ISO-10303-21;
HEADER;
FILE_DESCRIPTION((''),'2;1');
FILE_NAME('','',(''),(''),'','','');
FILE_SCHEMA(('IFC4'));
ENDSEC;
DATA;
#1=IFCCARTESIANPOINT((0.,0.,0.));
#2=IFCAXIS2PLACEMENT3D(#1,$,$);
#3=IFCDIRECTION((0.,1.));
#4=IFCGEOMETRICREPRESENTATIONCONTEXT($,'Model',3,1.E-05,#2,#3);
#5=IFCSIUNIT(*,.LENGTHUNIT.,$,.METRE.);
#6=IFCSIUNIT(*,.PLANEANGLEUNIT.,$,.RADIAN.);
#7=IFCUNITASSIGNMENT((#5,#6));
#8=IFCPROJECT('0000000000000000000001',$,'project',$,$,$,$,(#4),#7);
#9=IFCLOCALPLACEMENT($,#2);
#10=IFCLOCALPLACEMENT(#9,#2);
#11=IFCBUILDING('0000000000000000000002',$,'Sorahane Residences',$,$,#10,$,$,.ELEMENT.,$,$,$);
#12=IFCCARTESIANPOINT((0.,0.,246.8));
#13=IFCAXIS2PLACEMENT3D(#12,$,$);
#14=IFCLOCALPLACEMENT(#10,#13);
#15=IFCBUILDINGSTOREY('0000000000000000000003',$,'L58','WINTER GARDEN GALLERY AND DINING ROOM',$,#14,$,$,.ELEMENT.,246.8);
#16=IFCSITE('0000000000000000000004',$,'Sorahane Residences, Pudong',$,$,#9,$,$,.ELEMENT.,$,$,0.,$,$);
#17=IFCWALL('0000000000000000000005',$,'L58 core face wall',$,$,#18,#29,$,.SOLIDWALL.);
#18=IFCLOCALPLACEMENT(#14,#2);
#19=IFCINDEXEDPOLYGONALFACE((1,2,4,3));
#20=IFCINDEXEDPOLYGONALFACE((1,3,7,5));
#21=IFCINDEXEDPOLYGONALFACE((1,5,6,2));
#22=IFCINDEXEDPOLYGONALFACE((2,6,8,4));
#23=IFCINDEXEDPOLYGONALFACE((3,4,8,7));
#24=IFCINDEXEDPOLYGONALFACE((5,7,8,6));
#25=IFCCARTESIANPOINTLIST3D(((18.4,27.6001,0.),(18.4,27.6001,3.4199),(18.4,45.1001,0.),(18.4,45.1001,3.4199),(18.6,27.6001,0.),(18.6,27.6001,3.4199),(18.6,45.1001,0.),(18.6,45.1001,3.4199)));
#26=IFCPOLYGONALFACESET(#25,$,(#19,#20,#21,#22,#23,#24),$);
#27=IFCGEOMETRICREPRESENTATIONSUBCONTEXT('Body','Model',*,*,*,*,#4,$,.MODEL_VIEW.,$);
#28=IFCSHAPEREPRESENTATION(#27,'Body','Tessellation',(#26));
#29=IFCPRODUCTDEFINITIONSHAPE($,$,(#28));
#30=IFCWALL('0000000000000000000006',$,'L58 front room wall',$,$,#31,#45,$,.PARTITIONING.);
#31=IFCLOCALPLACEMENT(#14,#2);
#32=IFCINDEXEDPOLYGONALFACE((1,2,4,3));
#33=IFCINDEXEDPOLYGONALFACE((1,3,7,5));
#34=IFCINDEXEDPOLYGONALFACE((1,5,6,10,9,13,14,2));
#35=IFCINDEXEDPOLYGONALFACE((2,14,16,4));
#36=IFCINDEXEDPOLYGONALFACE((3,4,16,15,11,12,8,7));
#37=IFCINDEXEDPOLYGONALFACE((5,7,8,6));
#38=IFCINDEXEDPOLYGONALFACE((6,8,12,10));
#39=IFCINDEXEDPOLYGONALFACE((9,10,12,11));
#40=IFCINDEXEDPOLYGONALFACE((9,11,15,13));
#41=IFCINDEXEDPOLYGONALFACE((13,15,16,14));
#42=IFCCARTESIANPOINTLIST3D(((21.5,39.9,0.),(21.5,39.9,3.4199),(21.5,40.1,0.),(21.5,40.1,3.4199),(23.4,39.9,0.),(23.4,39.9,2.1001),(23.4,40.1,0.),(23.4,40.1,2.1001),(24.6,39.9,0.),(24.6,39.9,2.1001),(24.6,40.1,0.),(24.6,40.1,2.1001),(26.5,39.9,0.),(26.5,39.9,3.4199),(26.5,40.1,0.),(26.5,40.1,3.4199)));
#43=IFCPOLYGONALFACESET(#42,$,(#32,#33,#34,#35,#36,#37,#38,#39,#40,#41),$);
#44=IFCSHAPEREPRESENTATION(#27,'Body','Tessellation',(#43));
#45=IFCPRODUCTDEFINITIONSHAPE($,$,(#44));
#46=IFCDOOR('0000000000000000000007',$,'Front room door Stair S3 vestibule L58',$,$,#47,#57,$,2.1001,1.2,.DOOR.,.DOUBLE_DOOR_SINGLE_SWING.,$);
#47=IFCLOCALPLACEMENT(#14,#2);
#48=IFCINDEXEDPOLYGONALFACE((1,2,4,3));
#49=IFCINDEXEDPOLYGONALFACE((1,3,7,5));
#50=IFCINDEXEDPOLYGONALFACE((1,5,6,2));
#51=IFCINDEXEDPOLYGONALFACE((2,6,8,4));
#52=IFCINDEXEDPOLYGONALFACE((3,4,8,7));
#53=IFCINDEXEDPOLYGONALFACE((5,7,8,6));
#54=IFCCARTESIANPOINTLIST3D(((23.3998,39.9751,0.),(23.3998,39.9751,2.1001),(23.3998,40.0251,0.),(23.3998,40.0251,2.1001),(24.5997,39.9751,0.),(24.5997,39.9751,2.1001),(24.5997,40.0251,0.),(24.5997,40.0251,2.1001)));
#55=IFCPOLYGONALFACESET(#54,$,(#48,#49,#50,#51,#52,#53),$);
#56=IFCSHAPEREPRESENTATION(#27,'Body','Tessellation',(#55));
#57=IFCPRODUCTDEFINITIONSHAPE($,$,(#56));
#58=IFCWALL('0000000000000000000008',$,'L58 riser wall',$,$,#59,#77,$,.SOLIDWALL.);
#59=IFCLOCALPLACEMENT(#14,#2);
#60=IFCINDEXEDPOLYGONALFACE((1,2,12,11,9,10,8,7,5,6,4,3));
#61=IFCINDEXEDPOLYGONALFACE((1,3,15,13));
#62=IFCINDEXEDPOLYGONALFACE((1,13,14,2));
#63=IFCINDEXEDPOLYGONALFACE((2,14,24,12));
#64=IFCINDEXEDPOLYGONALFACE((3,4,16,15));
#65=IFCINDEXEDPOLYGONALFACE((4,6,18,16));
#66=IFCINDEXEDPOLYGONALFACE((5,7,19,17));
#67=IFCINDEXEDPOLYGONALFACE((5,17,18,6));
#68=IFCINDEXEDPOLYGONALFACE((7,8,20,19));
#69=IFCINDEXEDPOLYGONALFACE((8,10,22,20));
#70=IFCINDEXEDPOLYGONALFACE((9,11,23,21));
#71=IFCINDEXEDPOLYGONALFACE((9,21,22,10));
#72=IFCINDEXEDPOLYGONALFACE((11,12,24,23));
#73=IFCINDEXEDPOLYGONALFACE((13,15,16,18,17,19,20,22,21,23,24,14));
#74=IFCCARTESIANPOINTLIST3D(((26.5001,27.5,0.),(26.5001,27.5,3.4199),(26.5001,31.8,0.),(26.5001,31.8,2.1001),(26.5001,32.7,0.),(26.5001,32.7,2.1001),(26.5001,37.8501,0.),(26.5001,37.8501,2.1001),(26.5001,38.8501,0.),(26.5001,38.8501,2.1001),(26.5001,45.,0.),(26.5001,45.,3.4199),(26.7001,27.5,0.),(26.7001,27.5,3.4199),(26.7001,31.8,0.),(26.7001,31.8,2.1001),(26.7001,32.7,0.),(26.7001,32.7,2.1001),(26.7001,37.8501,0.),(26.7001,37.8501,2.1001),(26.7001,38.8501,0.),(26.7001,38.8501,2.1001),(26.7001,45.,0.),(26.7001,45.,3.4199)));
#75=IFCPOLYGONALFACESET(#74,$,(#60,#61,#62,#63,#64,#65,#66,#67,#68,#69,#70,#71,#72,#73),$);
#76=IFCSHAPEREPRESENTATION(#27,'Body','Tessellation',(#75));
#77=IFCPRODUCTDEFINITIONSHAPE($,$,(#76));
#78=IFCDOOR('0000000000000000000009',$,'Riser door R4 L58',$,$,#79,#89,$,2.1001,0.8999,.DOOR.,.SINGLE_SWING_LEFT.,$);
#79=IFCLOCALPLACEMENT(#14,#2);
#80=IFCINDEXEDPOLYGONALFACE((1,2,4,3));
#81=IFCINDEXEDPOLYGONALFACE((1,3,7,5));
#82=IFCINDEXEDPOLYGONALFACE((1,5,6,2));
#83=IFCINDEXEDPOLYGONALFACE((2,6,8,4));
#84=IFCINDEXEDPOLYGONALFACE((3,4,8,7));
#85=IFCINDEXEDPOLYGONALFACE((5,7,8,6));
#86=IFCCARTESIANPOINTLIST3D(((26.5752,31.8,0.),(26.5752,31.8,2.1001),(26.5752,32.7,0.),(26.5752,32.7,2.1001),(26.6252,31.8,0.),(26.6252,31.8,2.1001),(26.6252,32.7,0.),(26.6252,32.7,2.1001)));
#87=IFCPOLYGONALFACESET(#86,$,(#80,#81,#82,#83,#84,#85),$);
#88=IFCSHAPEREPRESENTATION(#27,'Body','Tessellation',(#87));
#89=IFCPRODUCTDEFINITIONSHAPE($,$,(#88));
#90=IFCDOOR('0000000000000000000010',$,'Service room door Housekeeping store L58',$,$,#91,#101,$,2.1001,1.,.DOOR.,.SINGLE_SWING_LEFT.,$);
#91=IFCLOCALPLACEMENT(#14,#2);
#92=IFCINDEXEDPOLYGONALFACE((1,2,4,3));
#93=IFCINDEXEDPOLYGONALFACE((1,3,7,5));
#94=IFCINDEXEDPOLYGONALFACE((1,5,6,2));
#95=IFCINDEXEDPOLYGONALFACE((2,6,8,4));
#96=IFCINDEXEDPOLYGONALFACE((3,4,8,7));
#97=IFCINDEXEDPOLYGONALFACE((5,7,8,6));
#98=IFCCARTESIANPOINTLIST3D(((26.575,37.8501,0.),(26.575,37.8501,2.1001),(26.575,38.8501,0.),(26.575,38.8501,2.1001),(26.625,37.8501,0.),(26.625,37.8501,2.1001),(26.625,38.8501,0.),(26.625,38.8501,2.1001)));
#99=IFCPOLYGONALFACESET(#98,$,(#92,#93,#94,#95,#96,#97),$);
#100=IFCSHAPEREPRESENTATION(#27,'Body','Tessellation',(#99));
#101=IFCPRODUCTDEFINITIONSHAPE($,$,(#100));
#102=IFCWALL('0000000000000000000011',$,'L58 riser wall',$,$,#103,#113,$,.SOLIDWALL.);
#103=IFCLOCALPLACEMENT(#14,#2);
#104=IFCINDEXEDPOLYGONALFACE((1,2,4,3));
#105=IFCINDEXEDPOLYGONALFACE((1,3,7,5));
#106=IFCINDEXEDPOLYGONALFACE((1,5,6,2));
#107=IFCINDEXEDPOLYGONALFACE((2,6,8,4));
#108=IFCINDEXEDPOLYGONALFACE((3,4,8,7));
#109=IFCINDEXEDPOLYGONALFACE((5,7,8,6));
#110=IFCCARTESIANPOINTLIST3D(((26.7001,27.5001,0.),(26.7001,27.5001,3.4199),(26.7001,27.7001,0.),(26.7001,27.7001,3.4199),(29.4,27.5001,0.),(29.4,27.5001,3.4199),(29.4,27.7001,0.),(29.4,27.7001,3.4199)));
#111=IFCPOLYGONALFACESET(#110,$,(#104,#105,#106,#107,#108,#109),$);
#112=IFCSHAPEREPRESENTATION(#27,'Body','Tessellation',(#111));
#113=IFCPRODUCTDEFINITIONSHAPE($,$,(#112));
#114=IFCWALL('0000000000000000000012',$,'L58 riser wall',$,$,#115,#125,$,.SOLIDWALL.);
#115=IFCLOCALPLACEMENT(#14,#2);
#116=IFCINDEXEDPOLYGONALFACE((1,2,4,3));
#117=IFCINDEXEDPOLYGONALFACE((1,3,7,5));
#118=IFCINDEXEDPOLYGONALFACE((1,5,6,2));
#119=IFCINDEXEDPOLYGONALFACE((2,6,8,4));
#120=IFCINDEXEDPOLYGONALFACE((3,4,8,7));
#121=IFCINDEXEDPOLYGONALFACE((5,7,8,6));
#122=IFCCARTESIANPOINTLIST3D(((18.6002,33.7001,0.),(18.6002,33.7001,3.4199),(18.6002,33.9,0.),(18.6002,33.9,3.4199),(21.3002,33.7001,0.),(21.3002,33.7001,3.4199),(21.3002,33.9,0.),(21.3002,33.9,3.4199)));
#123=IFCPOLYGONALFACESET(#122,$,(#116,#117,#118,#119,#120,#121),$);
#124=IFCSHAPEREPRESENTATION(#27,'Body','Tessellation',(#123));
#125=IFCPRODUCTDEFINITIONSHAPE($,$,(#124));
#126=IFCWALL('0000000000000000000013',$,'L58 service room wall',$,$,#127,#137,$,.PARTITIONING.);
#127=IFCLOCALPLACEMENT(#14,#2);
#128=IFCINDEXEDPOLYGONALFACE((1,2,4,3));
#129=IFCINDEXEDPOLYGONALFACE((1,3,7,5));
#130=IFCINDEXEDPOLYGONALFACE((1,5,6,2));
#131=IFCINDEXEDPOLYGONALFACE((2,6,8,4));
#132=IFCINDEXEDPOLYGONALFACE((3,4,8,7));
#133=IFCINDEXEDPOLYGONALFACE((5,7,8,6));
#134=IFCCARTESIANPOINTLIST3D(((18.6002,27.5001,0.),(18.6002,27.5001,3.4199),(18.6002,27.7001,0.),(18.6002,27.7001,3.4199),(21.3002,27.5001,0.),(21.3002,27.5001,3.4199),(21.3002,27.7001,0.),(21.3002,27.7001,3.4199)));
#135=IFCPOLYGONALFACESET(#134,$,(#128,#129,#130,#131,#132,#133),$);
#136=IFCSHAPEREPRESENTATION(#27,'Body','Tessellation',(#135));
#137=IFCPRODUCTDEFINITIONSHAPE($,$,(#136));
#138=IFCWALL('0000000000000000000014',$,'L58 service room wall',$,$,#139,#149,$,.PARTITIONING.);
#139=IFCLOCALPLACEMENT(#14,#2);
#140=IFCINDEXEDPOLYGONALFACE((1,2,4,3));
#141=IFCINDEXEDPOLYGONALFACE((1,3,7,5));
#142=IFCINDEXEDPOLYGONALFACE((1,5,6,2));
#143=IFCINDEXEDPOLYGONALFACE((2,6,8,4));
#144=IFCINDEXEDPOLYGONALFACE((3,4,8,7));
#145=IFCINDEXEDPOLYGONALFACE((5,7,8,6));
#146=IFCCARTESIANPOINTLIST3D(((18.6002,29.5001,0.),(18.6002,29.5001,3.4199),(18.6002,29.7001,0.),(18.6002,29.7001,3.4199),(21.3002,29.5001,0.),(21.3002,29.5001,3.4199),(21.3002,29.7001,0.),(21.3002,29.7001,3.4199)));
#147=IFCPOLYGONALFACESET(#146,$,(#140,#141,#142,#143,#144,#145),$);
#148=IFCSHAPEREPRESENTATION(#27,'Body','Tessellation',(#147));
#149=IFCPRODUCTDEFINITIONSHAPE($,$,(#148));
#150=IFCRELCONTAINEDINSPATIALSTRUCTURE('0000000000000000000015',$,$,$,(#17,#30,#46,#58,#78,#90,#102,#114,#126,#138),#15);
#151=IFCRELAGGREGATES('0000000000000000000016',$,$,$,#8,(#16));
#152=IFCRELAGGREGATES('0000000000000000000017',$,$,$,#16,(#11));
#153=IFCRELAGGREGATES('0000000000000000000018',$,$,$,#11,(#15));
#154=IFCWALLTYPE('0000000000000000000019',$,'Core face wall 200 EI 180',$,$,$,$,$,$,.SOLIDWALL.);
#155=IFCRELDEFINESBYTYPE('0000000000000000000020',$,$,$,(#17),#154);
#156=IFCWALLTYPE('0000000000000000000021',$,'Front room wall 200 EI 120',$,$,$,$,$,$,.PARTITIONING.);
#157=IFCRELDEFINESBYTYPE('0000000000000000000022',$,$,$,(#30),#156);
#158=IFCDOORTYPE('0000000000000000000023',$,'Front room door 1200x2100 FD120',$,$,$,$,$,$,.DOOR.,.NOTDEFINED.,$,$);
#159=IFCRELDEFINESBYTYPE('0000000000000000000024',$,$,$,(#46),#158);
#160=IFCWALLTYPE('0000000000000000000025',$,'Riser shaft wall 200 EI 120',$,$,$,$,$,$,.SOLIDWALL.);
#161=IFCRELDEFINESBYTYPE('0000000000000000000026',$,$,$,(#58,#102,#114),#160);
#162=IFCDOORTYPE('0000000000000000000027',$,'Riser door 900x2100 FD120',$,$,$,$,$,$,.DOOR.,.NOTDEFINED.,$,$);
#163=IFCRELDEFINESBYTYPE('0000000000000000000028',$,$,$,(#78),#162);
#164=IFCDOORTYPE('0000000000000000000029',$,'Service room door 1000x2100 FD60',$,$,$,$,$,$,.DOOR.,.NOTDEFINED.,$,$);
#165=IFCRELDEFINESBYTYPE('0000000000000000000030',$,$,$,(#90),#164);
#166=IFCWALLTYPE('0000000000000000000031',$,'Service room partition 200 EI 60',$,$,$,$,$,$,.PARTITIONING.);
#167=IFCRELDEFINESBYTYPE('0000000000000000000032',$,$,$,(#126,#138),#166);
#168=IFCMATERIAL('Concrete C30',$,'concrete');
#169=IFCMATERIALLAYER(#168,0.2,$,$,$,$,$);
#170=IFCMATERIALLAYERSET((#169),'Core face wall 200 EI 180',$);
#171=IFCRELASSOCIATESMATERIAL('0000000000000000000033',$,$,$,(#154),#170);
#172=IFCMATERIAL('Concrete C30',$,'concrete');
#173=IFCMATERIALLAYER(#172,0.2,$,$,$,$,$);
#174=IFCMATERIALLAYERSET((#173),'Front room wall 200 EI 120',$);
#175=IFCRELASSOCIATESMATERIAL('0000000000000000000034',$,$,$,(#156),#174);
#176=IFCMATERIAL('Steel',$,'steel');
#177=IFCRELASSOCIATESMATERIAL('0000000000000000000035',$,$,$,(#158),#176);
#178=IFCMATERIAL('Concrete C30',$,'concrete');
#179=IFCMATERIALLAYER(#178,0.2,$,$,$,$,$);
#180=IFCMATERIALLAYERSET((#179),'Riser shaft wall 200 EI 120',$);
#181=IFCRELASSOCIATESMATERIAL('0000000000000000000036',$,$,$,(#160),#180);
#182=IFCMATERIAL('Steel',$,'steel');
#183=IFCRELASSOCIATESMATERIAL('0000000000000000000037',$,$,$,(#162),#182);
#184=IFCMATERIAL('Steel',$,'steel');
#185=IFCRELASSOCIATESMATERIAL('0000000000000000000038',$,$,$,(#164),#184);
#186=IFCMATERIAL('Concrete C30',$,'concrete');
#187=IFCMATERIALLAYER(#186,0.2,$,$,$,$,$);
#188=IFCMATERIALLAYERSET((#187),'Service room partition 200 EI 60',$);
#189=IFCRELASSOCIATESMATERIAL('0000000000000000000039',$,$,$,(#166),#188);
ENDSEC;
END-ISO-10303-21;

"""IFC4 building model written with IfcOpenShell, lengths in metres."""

from ifc_helpers import new_model, si_unit, direction, frame, frame_2d, origin, place, context, subcontext, project, spatial, rectangle, extrude, material, layer, layer_set, type_object, element, fill, save


model = new_model("IFC4")

# Units and contexts
model_context = context("Model", 3, precision=1e-05, world=origin(), true_north=direction((0.0, 1.0)))
body_context = subcontext(model_context, "Body", "Model", "MODEL_VIEW")
ifc_project = project(units=[si_unit("LENGTHUNIT", "METRE"), si_unit("PLANEANGLEUNIT", "RADIAN")], contexts=[model_context])

# Site, building, storey
site_placement = place(None, origin())
site = spatial("IfcSite", under=ifc_project, at=site_placement, Name="Sorahane Residences, Pudong", CompositionType="ELEMENT", RefElevation=0.0)
building_placement = place(site_placement, origin())
building = spatial("IfcBuilding", under=site, at=building_placement, Name="Sorahane Residences", CompositionType="ELEMENT")
storey_placement = place(building_placement, frame((0.0, 0.0, 246.8)))
storey = spatial("IfcBuildingStorey", under=building, at=storey_placement, Name="L58", Description="WINTER GARDEN GALLERY AND DINING ROOM", CompositionType="ELEMENT", Elevation=246.8)

# Wall
ifc_material_1 = material(Name="Concrete C30", Category="concrete")
ifc_layer_1 = layer(ifc_material_1, 0.2)
ifc_layer_set_1 = layer_set([ifc_layer_1], Name="Core face wall 200 EI 180")
wall_type_1 = type_object("IfcWallType", Name="Core face wall 200 EI 180", PredefinedType="SOLIDWALL", material=ifc_layer_set_1)
wall_1_placement = place(storey_placement, frame((18.5, 27.6001, 0.0), z_axis=(0.0, 0.0, 1.0), x_axis=(0.0, 1.0, 0.0)))
element("IfcWall", 1, at=wall_1_placement, inside=storey, type_object=wall_type_1, Name="L58 core face wall", PredefinedType="SOLIDWALL", context=body_context, shape_type="SweptSolid", body=[
    extrude(rectangle(XDim=17.5, YDim=0.2, at=frame_2d((8.75, 0.0))), origin(), (0.0, 0.0, 1.0), 3.4199),
])

# Wall, opening, door
ifc_material_2 = material(Name="Concrete C30", Category="concrete")
ifc_layer_2 = layer(ifc_material_2, 0.2)
ifc_layer_set_2 = layer_set([ifc_layer_2], Name="Front room wall 200 EI 120")
wall_type_2 = type_object("IfcWallType", Name="Front room wall 200 EI 120", PredefinedType="PARTITIONING", material=ifc_layer_set_2)
wall_2_placement = place(storey_placement, frame((21.5, 40.0, 0.0), z_axis=(0.0, 0.0, 1.0), x_axis=(1.0, 0.0, 0.0)))
wall_2 = element("IfcWall", 2, at=wall_2_placement, inside=storey, type_object=wall_type_2, Name="L58 front room wall", PredefinedType="PARTITIONING", context=body_context, shape_type="SweptSolid", body=[
    extrude(rectangle(XDim=5.0, YDim=0.2, at=frame_2d((2.5, 0.0))), origin(), (0.0, 0.0, 1.0), 3.4199),
])
opening_1_placement = place(wall_2_placement, frame((1.8999, 0.0, 0.0)))
opening_1 = element("IfcOpeningElement", 3, at=opening_1_placement, cuts=wall_2, PredefinedType="OPENING", context=body_context, shape_type="SweptSolid", body=[
    extrude(rectangle(XDim=1.2, YDim=2.1001, at=frame_2d((0.6001, 1.05))), frame((0.0, 0.1099, 0.0), z_axis=(0.0, -1.0, 0.0), x_axis=(1.0, 0.0, 0.0)), (0.0, 0.0, 1.0), 0.22),
])
ifc_material_3 = material(Name="Steel", Category="steel")
door_type_1 = type_object("IfcDoorType", Name="Front room door 1200x2100 FD120", OperationType="NOTDEFINED", PredefinedType="DOOR", material=ifc_material_3)
door_1_placement = place(opening_1_placement, frame((1.2, 0.0, 0.0), z_axis=(0.0, 0.0, 1.0), x_axis=(-1.0, 0.0, 0.0)))
door_1 = element("IfcDoor", 4, at=door_1_placement, inside=storey, type_object=door_type_1, Name="Front room door Stair S3 vestibule L58", OperationType="DOUBLE_DOOR_SINGLE_SWING", OverallHeight=2.1001, OverallWidth=1.2, PredefinedType="DOOR", context=body_context, shape_type="SweptSolid", body=[
    extrude(rectangle(XDim=1.2, YDim=2.1001, at=frame_2d((0.6001, 1.05))), frame((0.0, 0.0249, 0.0), z_axis=(0.0, -1.0, 0.0), x_axis=(1.0, 0.0, 0.0)), (0.0, 0.0, 1.0), 0.05),
])
fill(opening_1, door_1)

# Wall, openings, doors
ifc_material_4 = material(Name="Concrete C30", Category="concrete")
ifc_layer_3 = layer(ifc_material_4, 0.2)
ifc_layer_set_3 = layer_set([ifc_layer_3], Name="Riser shaft wall 200 EI 120")
wall_type_3 = type_object("IfcWallType", Name="Riser shaft wall 200 EI 120", PredefinedType="SOLIDWALL", material=ifc_layer_set_3)
wall_3_placement = place(storey_placement, frame((26.6001, 27.5, 0.0), z_axis=(0.0, 0.0, 1.0), x_axis=(0.0, 1.0, 0.0)))
wall_3 = element("IfcWall", 5, at=wall_3_placement, inside=storey, type_object=wall_type_3, Name="L58 riser wall", PredefinedType="SOLIDWALL", context=body_context, shape_type="SweptSolid", body=[
    extrude(rectangle(XDim=17.5, YDim=0.2, at=frame_2d((8.75, 0.0))), origin(), (0.0, 0.0, 1.0), 3.4199),
])
opening_2_placement = place(wall_3_placement, frame((4.3, 0.0, 0.0)))
opening_2 = element("IfcOpeningElement", 6, at=opening_2_placement, cuts=wall_3, PredefinedType="OPENING", context=body_context, shape_type="SweptSolid", body=[
    extrude(rectangle(XDim=0.8999, YDim=2.1001, at=frame_2d((0.45, 1.05))), frame((0.0, 0.1099, 0.0), z_axis=(0.0, -1.0, 0.0), x_axis=(1.0, 0.0, 0.0)), (0.0, 0.0, 1.0), 0.22),
])
opening_3_placement = place(wall_3_placement, frame((10.3501, 0.0, 0.0)))
opening_3 = element("IfcOpeningElement", 7, at=opening_3_placement, cuts=wall_3, PredefinedType="OPENING", context=body_context, shape_type="SweptSolid", body=[
    extrude(rectangle(XDim=1.0, YDim=2.1001, at=frame_2d((0.5, 1.05))), frame((0.0, 0.1099, 0.0), z_axis=(0.0, -1.0, 0.0), x_axis=(1.0, 0.0, 0.0)), (0.0, 0.0, 1.0), 0.22),
])
ifc_material_5 = material(Name="Steel", Category="steel")
door_type_2 = type_object("IfcDoorType", Name="Riser door 900x2100 FD120", OperationType="NOTDEFINED", PredefinedType="DOOR", material=ifc_material_5)
door_2_placement = place(opening_2_placement, origin())
door_2 = element("IfcDoor", 8, at=door_2_placement, inside=storey, type_object=door_type_2, Name="Riser door R4 L58", OperationType="SINGLE_SWING_LEFT", OverallHeight=2.1001, OverallWidth=0.8999, PredefinedType="DOOR", context=body_context, shape_type="SweptSolid", body=[
    extrude(rectangle(XDim=0.8999, YDim=2.1001, at=frame_2d((0.45, 1.05))), frame((0.0, 0.0249, 0.0), z_axis=(0.0, -1.0, 0.0), x_axis=(1.0, 0.0, 0.0)), (0.0, 0.0, 1.0), 0.05),
])
fill(opening_2, door_2)
ifc_material_6 = material(Name="Steel", Category="steel")
door_type_3 = type_object("IfcDoorType", Name="Service room door 1000x2100 FD60", OperationType="NOTDEFINED", PredefinedType="DOOR", material=ifc_material_6)
door_3_placement = place(opening_3_placement, frame((1.0, 0.0, 0.0), z_axis=(0.0, 0.0, 1.0), x_axis=(-1.0, 0.0, 0.0)))
door_3 = element("IfcDoor", 9, at=door_3_placement, inside=storey, type_object=door_type_3, Name="Service room door Housekeeping store L58", OperationType="SINGLE_SWING_LEFT", OverallHeight=2.1001, OverallWidth=1.0, PredefinedType="DOOR", context=body_context, shape_type="SweptSolid", body=[
    extrude(rectangle(XDim=1.0, YDim=2.1001, at=frame_2d((0.5, 1.05))), frame((0.0, 0.0249, 0.0), z_axis=(0.0, -1.0, 0.0), x_axis=(1.0, 0.0, 0.0)), (0.0, 0.0, 1.0), 0.05),
])
fill(opening_3, door_3)

# Walls
for number, where, z_axis, x_axis, name in (
    (10, (26.7, 27.6001, 0.0), (0.0, 0.0, 1.0), (1.0, 0.0, 0.0), "L58 riser wall"),
    (11, (18.6001, 33.8, 0.0), (0.0, 0.0, 1.0), (1.0, 0.0, 0.0), "L58 riser wall"),
):
    element("IfcWall", number, at=place(storey_placement, frame(where, z_axis=z_axis, x_axis=x_axis)), inside=storey, type_object=wall_type_3, Name=name, PredefinedType="SOLIDWALL", context=body_context, shape_type="SweptSolid", body=[
        extrude(rectangle(XDim=2.7, YDim=0.2, at=frame_2d((1.3501, 0.0))), origin(), (0.0, 0.0, 1.0), 3.4199),
    ])
ifc_material_7 = material(Name="Concrete C30", Category="concrete")
ifc_layer_4 = layer(ifc_material_7, 0.2)
ifc_layer_set_4 = layer_set([ifc_layer_4], Name="Service room partition 200 EI 60")
wall_type_4 = type_object("IfcWallType", Name="Service room partition 200 EI 60", PredefinedType="PARTITIONING", material=ifc_layer_set_4)
for number, where, z_axis, x_axis, name in (
    (12, (18.6001, 27.6001, 0.0), (0.0, 0.0, 1.0), (1.0, 0.0, 0.0), "L58 service room wall"),
    (13, (18.6001, 29.6001, 0.0), (0.0, 0.0, 1.0), (1.0, 0.0, 0.0), "L58 service room wall"),
):
    element("IfcWall", number, at=place(storey_placement, frame(where, z_axis=z_axis, x_axis=x_axis)), inside=storey, type_object=wall_type_4, Name=name, PredefinedType="PARTITIONING", context=body_context, shape_type="SweptSolid", body=[
        extrude(rectangle(XDim=2.7, YDim=0.2, at=frame_2d((1.3501, 0.0))), origin(), (0.0, 0.0, 1.0), 3.4199),
    ])

save(model, "model.ifc")
